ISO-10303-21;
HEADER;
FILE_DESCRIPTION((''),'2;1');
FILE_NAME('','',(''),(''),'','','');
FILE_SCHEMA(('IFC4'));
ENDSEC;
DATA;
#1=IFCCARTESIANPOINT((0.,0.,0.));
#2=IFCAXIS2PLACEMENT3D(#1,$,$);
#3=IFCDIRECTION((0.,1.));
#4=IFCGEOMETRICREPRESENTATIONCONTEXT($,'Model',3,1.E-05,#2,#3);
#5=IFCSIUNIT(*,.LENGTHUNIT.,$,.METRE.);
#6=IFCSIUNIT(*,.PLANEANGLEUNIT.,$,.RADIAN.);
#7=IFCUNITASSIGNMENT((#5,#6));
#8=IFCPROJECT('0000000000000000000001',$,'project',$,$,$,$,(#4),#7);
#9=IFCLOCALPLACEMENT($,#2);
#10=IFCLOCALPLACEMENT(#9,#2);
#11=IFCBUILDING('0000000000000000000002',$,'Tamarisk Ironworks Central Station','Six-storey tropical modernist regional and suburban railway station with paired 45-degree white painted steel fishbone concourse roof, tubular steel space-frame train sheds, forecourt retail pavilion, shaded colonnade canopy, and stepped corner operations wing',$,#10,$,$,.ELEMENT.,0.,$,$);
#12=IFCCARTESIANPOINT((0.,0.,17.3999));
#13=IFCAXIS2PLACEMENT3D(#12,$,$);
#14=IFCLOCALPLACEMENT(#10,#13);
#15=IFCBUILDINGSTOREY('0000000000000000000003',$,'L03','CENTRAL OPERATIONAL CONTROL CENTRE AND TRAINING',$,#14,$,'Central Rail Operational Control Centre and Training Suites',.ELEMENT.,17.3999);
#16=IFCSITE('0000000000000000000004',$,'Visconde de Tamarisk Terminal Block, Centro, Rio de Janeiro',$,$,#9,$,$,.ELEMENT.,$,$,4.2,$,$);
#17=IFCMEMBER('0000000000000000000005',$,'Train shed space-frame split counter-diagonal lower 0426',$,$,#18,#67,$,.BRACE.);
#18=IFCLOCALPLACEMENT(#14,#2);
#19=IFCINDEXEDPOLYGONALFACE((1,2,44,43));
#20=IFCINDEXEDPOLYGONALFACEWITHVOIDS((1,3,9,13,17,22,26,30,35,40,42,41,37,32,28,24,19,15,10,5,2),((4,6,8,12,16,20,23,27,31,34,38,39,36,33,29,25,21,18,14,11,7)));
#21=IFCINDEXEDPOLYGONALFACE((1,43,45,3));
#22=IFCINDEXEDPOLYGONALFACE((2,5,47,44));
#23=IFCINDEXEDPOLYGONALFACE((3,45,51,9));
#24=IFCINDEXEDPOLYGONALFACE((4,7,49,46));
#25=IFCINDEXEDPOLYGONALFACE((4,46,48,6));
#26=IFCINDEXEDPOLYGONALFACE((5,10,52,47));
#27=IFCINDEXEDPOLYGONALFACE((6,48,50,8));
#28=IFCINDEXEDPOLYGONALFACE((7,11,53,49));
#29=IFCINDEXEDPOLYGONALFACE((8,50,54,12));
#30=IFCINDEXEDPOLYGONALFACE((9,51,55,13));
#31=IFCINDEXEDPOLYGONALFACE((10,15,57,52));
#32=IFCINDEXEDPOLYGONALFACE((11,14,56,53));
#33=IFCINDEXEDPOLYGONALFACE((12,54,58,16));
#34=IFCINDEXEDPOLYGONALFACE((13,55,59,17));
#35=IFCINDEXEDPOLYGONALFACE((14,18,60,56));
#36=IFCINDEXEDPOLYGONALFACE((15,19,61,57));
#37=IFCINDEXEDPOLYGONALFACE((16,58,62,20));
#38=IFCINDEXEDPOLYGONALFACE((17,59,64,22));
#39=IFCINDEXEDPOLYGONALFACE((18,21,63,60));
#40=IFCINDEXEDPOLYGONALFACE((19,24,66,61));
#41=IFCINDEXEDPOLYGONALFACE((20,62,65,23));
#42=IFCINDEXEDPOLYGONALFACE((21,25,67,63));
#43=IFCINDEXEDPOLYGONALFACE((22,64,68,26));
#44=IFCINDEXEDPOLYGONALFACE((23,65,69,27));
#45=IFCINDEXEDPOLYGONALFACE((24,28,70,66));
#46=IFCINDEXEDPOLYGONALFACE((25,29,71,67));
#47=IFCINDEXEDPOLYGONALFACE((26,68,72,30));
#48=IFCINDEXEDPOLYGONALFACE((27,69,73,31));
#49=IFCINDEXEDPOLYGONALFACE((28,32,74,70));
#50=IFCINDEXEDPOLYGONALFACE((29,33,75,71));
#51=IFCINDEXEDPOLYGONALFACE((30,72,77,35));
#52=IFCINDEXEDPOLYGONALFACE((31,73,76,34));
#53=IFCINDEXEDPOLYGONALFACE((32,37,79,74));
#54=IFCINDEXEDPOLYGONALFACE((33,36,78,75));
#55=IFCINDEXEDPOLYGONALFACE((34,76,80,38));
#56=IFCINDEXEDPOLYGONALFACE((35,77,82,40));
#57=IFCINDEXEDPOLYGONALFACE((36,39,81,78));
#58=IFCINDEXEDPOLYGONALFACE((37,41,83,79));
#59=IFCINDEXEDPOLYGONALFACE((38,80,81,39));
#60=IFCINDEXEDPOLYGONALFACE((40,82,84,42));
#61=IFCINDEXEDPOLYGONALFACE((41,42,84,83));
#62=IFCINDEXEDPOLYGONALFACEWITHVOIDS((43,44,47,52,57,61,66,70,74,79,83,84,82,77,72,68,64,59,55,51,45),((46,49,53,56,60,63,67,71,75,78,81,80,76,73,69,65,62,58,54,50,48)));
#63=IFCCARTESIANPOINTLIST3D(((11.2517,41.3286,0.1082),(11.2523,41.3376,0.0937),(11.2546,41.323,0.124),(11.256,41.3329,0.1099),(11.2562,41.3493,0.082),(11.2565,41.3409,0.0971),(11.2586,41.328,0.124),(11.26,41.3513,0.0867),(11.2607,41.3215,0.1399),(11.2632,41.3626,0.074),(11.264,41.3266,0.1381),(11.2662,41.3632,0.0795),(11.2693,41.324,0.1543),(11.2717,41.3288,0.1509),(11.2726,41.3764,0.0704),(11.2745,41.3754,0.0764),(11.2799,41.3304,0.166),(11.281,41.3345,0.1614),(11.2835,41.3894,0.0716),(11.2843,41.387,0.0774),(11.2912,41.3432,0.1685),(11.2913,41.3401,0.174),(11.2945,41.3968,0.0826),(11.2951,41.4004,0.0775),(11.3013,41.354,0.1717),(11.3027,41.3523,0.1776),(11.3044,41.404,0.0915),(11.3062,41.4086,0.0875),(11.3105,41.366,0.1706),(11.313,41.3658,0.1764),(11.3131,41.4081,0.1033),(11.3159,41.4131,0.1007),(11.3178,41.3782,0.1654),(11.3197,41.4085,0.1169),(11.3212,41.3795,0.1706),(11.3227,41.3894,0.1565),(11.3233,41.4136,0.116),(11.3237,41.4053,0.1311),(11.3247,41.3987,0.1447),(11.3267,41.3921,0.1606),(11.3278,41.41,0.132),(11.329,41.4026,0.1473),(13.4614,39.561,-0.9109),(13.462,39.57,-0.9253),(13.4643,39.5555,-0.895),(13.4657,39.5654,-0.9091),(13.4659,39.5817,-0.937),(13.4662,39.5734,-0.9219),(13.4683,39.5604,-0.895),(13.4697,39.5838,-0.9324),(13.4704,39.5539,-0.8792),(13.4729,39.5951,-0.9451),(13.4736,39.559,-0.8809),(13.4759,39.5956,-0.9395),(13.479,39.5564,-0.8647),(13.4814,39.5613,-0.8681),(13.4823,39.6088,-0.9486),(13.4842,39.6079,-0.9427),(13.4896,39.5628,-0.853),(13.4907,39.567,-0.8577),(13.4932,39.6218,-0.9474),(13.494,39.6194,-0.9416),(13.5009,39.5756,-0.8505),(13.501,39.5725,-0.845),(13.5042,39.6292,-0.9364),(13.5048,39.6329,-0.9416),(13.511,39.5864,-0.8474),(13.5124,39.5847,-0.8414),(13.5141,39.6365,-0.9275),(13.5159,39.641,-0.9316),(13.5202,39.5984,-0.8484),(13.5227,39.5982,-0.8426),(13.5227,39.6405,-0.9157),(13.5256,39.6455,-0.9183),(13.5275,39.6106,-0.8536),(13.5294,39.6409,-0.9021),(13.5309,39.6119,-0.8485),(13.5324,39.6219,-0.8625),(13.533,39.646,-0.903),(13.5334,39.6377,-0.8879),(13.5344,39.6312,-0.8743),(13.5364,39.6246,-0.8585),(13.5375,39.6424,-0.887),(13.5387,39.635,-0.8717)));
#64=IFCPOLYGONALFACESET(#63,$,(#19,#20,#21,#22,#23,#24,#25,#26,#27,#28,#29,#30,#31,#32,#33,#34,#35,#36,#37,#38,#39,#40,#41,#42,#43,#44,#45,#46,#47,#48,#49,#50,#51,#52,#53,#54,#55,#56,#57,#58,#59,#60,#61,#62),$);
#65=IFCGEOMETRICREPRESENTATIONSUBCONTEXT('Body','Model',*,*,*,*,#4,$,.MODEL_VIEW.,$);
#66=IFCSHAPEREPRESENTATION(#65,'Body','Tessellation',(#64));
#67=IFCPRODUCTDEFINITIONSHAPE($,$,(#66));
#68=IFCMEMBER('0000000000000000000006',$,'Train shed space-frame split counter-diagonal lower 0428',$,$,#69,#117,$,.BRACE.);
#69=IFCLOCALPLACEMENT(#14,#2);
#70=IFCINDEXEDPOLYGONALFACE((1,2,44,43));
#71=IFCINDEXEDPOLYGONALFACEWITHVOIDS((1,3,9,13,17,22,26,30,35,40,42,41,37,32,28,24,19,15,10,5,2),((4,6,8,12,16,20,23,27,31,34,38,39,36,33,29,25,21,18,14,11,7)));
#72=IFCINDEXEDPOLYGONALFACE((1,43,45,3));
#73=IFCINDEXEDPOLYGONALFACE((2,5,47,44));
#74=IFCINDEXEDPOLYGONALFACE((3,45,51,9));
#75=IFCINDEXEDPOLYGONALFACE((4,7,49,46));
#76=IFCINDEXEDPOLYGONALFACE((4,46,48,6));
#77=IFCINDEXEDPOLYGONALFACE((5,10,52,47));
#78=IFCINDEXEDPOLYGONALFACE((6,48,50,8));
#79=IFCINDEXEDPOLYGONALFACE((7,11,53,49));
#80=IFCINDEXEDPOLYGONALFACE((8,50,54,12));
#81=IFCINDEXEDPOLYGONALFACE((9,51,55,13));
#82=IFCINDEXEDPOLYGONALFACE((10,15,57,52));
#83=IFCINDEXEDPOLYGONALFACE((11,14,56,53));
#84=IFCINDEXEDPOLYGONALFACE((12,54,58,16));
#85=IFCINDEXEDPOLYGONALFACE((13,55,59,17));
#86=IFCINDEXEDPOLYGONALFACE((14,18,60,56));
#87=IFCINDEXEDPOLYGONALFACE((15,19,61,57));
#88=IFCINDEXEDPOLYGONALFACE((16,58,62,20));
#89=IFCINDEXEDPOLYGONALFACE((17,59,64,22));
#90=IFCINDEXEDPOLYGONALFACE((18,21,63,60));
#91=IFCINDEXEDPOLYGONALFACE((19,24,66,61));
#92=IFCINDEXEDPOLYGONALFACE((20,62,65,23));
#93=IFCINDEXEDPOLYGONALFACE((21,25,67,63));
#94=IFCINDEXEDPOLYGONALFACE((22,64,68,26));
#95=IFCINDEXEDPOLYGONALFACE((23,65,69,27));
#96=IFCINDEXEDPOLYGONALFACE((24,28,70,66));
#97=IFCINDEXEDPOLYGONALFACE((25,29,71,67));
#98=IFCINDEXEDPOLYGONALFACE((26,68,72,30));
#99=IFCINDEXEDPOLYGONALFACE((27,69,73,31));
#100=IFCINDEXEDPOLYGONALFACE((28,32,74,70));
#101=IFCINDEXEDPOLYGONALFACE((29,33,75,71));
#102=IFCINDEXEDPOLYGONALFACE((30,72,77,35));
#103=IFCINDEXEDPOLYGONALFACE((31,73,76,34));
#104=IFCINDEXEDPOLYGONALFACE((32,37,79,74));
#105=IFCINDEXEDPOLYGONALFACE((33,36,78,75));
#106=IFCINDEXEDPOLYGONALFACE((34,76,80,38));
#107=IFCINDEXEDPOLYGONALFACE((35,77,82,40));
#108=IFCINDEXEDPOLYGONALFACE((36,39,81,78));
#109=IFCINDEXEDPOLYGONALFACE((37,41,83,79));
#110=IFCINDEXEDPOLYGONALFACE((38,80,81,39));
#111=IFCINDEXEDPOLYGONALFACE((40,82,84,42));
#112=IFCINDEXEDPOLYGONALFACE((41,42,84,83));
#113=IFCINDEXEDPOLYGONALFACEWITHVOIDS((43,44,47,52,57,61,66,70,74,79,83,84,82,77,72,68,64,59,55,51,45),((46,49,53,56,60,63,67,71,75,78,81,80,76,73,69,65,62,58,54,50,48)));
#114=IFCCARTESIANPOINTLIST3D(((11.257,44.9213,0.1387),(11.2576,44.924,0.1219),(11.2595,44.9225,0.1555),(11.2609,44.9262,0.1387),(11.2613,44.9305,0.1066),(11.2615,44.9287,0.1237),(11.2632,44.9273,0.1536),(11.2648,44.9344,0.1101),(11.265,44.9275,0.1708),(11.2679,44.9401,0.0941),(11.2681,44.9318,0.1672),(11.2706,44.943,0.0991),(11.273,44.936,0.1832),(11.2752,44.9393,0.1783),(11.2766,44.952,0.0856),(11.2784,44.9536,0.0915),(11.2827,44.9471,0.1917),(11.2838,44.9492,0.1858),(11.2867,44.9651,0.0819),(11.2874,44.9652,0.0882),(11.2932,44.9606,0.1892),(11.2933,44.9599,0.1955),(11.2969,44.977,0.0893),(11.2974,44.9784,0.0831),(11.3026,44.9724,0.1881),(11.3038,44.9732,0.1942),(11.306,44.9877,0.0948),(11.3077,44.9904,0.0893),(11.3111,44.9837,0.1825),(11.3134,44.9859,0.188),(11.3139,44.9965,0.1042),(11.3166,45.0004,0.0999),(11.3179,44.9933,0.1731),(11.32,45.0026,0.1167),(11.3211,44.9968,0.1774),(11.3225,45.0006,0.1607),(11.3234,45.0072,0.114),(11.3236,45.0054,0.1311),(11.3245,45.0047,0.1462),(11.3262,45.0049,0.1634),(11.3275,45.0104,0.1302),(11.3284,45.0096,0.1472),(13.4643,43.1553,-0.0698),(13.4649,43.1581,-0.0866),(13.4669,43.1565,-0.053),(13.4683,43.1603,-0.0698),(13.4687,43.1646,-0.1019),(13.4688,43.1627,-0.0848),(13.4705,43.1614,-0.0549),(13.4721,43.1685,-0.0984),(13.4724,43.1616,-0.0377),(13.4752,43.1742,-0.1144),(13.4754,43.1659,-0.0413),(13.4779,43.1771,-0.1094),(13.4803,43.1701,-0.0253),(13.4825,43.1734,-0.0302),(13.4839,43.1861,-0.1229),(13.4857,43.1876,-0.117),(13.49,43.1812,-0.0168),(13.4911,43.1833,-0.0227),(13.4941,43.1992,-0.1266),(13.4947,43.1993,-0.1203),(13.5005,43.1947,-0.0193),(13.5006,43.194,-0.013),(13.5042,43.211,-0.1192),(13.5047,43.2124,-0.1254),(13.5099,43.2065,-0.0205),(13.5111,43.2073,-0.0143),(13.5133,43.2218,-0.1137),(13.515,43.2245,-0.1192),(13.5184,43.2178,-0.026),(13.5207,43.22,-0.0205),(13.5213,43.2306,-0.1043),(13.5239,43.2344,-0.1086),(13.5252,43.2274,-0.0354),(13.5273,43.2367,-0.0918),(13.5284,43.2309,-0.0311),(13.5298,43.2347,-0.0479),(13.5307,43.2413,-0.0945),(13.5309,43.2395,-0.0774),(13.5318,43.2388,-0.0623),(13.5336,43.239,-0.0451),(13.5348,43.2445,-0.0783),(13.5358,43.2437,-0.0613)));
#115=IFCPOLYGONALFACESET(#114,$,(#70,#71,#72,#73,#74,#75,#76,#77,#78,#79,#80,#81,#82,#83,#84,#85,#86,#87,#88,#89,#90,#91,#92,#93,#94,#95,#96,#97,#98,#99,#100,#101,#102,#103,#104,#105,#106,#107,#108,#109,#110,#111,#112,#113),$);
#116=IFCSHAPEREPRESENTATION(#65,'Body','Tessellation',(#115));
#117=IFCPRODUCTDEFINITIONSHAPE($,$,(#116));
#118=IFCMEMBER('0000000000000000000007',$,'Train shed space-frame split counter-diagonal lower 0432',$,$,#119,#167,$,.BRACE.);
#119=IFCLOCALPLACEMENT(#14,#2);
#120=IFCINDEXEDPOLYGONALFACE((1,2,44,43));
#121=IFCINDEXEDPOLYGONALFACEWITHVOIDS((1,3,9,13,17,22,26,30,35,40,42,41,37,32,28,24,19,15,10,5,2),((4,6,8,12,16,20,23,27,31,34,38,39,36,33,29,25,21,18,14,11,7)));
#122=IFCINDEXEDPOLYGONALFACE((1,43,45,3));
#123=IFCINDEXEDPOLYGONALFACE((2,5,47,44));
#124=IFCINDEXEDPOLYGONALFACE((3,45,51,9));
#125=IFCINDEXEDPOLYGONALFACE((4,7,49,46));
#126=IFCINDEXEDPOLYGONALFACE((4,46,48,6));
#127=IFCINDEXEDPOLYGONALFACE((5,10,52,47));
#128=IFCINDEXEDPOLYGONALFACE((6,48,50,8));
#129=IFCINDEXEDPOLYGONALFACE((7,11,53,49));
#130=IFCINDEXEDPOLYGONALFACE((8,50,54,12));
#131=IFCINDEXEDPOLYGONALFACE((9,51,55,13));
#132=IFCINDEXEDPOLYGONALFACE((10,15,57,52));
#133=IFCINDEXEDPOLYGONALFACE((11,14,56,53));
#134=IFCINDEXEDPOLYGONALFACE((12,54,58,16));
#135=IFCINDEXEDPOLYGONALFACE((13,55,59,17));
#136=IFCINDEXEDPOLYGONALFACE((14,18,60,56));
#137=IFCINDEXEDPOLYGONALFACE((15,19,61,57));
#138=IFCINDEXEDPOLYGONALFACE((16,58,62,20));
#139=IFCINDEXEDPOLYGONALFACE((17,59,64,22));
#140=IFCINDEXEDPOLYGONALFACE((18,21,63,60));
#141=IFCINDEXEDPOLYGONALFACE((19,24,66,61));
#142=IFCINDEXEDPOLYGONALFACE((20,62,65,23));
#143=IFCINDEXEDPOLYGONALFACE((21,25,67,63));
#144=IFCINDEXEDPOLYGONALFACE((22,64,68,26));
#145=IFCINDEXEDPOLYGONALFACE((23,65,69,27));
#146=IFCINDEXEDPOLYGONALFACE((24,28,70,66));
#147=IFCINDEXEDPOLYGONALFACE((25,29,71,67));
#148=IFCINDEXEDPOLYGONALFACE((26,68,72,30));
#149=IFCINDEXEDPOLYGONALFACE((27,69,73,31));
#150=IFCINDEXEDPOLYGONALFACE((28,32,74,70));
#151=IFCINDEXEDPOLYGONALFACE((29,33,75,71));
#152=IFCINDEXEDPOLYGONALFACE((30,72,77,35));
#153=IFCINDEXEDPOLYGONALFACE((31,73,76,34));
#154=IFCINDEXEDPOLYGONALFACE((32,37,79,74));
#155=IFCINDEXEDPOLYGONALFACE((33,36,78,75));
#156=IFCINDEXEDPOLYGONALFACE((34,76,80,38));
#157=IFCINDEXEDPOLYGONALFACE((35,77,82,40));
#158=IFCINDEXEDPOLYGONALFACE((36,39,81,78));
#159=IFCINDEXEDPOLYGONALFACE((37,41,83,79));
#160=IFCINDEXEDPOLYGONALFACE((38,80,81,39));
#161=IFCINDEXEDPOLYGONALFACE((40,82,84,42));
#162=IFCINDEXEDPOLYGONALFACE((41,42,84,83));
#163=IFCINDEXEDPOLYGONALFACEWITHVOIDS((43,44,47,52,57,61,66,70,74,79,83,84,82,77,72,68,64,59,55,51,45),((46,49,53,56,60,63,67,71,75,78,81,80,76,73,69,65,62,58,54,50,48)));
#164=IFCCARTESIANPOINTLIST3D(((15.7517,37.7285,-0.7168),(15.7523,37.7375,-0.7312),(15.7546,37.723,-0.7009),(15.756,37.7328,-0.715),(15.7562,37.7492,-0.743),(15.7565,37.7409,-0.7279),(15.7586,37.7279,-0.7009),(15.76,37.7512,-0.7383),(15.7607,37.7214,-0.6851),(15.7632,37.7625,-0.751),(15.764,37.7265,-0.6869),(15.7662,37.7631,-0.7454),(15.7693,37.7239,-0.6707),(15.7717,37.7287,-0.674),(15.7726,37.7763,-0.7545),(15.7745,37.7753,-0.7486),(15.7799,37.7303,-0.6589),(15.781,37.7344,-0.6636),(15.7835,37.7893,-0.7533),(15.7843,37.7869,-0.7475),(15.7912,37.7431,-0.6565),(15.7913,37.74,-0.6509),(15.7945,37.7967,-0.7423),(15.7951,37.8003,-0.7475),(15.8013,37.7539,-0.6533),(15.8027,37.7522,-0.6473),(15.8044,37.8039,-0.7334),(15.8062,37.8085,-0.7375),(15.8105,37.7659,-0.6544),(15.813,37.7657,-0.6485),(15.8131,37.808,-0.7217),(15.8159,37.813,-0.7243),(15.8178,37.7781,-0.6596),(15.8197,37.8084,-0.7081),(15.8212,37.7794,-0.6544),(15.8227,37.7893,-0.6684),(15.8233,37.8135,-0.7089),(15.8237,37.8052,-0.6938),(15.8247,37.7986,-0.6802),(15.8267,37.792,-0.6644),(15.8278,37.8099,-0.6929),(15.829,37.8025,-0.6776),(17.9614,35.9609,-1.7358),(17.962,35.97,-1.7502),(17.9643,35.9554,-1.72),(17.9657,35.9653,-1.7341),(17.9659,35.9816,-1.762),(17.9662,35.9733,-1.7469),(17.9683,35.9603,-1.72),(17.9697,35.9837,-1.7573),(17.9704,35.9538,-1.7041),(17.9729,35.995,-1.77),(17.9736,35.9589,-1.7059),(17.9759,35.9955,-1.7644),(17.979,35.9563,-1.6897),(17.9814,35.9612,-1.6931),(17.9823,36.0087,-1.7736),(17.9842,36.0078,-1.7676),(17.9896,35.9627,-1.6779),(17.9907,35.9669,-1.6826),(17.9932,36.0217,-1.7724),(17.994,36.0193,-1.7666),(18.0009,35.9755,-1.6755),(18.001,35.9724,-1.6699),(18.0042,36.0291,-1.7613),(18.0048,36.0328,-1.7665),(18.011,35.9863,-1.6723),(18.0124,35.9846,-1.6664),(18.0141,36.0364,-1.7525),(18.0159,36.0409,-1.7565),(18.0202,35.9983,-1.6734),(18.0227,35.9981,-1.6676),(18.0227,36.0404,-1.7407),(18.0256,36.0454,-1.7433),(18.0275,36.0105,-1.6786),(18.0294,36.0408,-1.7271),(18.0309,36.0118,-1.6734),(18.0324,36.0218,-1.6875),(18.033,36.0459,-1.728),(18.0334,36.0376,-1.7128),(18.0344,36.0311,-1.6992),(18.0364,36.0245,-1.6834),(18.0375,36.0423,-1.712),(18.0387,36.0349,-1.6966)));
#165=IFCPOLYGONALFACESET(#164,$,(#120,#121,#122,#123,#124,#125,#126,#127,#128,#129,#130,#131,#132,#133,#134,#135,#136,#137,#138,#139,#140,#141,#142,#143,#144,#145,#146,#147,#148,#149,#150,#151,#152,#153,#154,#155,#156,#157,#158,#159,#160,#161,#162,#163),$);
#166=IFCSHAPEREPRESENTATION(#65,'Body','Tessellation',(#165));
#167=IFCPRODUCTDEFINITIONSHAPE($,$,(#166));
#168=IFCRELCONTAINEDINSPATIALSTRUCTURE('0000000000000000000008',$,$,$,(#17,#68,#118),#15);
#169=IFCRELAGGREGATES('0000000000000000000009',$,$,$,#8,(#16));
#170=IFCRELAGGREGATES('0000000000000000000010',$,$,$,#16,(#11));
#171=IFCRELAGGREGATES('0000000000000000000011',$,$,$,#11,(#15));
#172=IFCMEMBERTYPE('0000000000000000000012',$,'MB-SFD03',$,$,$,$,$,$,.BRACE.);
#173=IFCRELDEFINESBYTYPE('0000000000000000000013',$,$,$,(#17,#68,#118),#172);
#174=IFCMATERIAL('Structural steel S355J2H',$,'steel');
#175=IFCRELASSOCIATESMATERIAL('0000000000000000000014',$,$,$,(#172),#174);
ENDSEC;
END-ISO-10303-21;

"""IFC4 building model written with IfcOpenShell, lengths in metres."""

from ifc_helpers import new_model, si_unit, direction, frame, origin, origin_2d, place, context, subcontext, project, spatial, hollow_circle, extrude, material, material_profile, profile_set, type_object, element, save


model = new_model("IFC4")

# Units and contexts
model_context = context("Model", 3, precision=1e-05, world=origin(), true_north=direction((0.0, 1.0)))
body_context = subcontext(model_context, "Body", "Model", "MODEL_VIEW")
ifc_project = project(units=[si_unit("LENGTHUNIT", "METRE"), si_unit("PLANEANGLEUNIT", "RADIAN")], contexts=[model_context])

# Site, building, storey
site_placement = place(None, origin())
site = spatial("IfcSite", under=ifc_project, at=site_placement, Name="Visconde de Tamarisk Terminal Block, Centro, Rio de Janeiro", CompositionType="ELEMENT", RefElevation=4.2)
building_placement = place(site_placement, origin())
building = spatial("IfcBuilding", under=site, at=building_placement, Name="Tamarisk Ironworks Central Station", Description="Six-storey tropical modernist regional and suburban railway station with paired 45-degree white painted steel fishbone concourse roof, tubular steel space-frame train sheds, forecourt retail pavilion, shaded colonnade canopy, and stepped corner operations wing", CompositionType="ELEMENT", ElevationOfRefHeight=0.0)
storey_placement = place(building_placement, frame((0.0, 0.0, 17.3999)))
storey = spatial("IfcBuildingStorey", under=building, at=storey_placement, Name="L03", Description="CENTRAL OPERATIONAL CONTROL CENTRE AND TRAINING", LongName="Central Rail Operational Control Centre and Training Suites", CompositionType="ELEMENT", Elevation=17.3999)

# Members
ifc_material_1 = material(Name="Structural steel S355J2H", Category="steel")
ifc_material_profile_1 = material_profile(ifc_material_1, hollow_circle(Radius=0.0571, WallThickness=0.0063, at=origin_2d()), Name="CHS 114.3x6.3")
ifc_profile_set_1 = profile_set([ifc_material_profile_1], Name="Structural steel S355J2H")
member_type_1 = type_object("IfcMemberType", Name="MB-SFD03", PredefinedType="BRACE", material=ifc_profile_set_1)
for number, where, z_axis, x_axis, name in (
    (1, (13.5, 39.6001, -0.895), (-0.734712, 0.587705, 0.338823), (-0.624653, -0.780902, 0.0), "Train shed space-frame split counter-diagonal lower 0426"),
):
    element("IfcMember", number, at=place(storey_placement, frame(where, z_axis=z_axis, x_axis=x_axis)), inside=storey, type_object=member_type_1, Name=name, PredefinedType="BRACE", context=body_context, shape_type="SweptSolid", body=[
        extrude(hollow_circle(Radius=0.0571, WallThickness=0.0063, at=origin_2d()), origin(), (0.0, 0.0, 1.0), 3.0076),
    ])
member_1_placement = place(storey_placement, frame((13.5, 43.2, -0.0698), z_axis=(-0.778745, 0.623013, 0.073559), x_axis=(-0.624706, -0.78086, 0.0)))
element("IfcMember", 2, at=member_1_placement, inside=storey, type_object=member_type_1, Name="Train shed space-frame split counter-diagonal lower 0428", PredefinedType="BRACE", context=body_context, shape_type="SweptSolid", body=[
    extrude(hollow_circle(Radius=0.0571, WallThickness=0.0063, at=origin_2d()), origin(), (0.0, 0.0, 1.0), 2.8345),
])
for number, where, z_axis, x_axis, name in (
    (3, (18.0, 36.0, -1.72), (-0.734712, 0.587705, 0.338823), (-0.624653, -0.780902, 0.0), "Train shed space-frame split counter-diagonal lower 0432"),
):
    element("IfcMember", number, at=place(storey_placement, frame(where, z_axis=z_axis, x_axis=x_axis)), inside=storey, type_object=member_type_1, Name=name, PredefinedType="BRACE", context=body_context, shape_type="SweptSolid", body=[
        extrude(hollow_circle(Radius=0.0571, WallThickness=0.0063, at=origin_2d()), origin(), (0.0, 0.0, 1.0), 3.0076),
    ])

save(model, "model.ifc")
